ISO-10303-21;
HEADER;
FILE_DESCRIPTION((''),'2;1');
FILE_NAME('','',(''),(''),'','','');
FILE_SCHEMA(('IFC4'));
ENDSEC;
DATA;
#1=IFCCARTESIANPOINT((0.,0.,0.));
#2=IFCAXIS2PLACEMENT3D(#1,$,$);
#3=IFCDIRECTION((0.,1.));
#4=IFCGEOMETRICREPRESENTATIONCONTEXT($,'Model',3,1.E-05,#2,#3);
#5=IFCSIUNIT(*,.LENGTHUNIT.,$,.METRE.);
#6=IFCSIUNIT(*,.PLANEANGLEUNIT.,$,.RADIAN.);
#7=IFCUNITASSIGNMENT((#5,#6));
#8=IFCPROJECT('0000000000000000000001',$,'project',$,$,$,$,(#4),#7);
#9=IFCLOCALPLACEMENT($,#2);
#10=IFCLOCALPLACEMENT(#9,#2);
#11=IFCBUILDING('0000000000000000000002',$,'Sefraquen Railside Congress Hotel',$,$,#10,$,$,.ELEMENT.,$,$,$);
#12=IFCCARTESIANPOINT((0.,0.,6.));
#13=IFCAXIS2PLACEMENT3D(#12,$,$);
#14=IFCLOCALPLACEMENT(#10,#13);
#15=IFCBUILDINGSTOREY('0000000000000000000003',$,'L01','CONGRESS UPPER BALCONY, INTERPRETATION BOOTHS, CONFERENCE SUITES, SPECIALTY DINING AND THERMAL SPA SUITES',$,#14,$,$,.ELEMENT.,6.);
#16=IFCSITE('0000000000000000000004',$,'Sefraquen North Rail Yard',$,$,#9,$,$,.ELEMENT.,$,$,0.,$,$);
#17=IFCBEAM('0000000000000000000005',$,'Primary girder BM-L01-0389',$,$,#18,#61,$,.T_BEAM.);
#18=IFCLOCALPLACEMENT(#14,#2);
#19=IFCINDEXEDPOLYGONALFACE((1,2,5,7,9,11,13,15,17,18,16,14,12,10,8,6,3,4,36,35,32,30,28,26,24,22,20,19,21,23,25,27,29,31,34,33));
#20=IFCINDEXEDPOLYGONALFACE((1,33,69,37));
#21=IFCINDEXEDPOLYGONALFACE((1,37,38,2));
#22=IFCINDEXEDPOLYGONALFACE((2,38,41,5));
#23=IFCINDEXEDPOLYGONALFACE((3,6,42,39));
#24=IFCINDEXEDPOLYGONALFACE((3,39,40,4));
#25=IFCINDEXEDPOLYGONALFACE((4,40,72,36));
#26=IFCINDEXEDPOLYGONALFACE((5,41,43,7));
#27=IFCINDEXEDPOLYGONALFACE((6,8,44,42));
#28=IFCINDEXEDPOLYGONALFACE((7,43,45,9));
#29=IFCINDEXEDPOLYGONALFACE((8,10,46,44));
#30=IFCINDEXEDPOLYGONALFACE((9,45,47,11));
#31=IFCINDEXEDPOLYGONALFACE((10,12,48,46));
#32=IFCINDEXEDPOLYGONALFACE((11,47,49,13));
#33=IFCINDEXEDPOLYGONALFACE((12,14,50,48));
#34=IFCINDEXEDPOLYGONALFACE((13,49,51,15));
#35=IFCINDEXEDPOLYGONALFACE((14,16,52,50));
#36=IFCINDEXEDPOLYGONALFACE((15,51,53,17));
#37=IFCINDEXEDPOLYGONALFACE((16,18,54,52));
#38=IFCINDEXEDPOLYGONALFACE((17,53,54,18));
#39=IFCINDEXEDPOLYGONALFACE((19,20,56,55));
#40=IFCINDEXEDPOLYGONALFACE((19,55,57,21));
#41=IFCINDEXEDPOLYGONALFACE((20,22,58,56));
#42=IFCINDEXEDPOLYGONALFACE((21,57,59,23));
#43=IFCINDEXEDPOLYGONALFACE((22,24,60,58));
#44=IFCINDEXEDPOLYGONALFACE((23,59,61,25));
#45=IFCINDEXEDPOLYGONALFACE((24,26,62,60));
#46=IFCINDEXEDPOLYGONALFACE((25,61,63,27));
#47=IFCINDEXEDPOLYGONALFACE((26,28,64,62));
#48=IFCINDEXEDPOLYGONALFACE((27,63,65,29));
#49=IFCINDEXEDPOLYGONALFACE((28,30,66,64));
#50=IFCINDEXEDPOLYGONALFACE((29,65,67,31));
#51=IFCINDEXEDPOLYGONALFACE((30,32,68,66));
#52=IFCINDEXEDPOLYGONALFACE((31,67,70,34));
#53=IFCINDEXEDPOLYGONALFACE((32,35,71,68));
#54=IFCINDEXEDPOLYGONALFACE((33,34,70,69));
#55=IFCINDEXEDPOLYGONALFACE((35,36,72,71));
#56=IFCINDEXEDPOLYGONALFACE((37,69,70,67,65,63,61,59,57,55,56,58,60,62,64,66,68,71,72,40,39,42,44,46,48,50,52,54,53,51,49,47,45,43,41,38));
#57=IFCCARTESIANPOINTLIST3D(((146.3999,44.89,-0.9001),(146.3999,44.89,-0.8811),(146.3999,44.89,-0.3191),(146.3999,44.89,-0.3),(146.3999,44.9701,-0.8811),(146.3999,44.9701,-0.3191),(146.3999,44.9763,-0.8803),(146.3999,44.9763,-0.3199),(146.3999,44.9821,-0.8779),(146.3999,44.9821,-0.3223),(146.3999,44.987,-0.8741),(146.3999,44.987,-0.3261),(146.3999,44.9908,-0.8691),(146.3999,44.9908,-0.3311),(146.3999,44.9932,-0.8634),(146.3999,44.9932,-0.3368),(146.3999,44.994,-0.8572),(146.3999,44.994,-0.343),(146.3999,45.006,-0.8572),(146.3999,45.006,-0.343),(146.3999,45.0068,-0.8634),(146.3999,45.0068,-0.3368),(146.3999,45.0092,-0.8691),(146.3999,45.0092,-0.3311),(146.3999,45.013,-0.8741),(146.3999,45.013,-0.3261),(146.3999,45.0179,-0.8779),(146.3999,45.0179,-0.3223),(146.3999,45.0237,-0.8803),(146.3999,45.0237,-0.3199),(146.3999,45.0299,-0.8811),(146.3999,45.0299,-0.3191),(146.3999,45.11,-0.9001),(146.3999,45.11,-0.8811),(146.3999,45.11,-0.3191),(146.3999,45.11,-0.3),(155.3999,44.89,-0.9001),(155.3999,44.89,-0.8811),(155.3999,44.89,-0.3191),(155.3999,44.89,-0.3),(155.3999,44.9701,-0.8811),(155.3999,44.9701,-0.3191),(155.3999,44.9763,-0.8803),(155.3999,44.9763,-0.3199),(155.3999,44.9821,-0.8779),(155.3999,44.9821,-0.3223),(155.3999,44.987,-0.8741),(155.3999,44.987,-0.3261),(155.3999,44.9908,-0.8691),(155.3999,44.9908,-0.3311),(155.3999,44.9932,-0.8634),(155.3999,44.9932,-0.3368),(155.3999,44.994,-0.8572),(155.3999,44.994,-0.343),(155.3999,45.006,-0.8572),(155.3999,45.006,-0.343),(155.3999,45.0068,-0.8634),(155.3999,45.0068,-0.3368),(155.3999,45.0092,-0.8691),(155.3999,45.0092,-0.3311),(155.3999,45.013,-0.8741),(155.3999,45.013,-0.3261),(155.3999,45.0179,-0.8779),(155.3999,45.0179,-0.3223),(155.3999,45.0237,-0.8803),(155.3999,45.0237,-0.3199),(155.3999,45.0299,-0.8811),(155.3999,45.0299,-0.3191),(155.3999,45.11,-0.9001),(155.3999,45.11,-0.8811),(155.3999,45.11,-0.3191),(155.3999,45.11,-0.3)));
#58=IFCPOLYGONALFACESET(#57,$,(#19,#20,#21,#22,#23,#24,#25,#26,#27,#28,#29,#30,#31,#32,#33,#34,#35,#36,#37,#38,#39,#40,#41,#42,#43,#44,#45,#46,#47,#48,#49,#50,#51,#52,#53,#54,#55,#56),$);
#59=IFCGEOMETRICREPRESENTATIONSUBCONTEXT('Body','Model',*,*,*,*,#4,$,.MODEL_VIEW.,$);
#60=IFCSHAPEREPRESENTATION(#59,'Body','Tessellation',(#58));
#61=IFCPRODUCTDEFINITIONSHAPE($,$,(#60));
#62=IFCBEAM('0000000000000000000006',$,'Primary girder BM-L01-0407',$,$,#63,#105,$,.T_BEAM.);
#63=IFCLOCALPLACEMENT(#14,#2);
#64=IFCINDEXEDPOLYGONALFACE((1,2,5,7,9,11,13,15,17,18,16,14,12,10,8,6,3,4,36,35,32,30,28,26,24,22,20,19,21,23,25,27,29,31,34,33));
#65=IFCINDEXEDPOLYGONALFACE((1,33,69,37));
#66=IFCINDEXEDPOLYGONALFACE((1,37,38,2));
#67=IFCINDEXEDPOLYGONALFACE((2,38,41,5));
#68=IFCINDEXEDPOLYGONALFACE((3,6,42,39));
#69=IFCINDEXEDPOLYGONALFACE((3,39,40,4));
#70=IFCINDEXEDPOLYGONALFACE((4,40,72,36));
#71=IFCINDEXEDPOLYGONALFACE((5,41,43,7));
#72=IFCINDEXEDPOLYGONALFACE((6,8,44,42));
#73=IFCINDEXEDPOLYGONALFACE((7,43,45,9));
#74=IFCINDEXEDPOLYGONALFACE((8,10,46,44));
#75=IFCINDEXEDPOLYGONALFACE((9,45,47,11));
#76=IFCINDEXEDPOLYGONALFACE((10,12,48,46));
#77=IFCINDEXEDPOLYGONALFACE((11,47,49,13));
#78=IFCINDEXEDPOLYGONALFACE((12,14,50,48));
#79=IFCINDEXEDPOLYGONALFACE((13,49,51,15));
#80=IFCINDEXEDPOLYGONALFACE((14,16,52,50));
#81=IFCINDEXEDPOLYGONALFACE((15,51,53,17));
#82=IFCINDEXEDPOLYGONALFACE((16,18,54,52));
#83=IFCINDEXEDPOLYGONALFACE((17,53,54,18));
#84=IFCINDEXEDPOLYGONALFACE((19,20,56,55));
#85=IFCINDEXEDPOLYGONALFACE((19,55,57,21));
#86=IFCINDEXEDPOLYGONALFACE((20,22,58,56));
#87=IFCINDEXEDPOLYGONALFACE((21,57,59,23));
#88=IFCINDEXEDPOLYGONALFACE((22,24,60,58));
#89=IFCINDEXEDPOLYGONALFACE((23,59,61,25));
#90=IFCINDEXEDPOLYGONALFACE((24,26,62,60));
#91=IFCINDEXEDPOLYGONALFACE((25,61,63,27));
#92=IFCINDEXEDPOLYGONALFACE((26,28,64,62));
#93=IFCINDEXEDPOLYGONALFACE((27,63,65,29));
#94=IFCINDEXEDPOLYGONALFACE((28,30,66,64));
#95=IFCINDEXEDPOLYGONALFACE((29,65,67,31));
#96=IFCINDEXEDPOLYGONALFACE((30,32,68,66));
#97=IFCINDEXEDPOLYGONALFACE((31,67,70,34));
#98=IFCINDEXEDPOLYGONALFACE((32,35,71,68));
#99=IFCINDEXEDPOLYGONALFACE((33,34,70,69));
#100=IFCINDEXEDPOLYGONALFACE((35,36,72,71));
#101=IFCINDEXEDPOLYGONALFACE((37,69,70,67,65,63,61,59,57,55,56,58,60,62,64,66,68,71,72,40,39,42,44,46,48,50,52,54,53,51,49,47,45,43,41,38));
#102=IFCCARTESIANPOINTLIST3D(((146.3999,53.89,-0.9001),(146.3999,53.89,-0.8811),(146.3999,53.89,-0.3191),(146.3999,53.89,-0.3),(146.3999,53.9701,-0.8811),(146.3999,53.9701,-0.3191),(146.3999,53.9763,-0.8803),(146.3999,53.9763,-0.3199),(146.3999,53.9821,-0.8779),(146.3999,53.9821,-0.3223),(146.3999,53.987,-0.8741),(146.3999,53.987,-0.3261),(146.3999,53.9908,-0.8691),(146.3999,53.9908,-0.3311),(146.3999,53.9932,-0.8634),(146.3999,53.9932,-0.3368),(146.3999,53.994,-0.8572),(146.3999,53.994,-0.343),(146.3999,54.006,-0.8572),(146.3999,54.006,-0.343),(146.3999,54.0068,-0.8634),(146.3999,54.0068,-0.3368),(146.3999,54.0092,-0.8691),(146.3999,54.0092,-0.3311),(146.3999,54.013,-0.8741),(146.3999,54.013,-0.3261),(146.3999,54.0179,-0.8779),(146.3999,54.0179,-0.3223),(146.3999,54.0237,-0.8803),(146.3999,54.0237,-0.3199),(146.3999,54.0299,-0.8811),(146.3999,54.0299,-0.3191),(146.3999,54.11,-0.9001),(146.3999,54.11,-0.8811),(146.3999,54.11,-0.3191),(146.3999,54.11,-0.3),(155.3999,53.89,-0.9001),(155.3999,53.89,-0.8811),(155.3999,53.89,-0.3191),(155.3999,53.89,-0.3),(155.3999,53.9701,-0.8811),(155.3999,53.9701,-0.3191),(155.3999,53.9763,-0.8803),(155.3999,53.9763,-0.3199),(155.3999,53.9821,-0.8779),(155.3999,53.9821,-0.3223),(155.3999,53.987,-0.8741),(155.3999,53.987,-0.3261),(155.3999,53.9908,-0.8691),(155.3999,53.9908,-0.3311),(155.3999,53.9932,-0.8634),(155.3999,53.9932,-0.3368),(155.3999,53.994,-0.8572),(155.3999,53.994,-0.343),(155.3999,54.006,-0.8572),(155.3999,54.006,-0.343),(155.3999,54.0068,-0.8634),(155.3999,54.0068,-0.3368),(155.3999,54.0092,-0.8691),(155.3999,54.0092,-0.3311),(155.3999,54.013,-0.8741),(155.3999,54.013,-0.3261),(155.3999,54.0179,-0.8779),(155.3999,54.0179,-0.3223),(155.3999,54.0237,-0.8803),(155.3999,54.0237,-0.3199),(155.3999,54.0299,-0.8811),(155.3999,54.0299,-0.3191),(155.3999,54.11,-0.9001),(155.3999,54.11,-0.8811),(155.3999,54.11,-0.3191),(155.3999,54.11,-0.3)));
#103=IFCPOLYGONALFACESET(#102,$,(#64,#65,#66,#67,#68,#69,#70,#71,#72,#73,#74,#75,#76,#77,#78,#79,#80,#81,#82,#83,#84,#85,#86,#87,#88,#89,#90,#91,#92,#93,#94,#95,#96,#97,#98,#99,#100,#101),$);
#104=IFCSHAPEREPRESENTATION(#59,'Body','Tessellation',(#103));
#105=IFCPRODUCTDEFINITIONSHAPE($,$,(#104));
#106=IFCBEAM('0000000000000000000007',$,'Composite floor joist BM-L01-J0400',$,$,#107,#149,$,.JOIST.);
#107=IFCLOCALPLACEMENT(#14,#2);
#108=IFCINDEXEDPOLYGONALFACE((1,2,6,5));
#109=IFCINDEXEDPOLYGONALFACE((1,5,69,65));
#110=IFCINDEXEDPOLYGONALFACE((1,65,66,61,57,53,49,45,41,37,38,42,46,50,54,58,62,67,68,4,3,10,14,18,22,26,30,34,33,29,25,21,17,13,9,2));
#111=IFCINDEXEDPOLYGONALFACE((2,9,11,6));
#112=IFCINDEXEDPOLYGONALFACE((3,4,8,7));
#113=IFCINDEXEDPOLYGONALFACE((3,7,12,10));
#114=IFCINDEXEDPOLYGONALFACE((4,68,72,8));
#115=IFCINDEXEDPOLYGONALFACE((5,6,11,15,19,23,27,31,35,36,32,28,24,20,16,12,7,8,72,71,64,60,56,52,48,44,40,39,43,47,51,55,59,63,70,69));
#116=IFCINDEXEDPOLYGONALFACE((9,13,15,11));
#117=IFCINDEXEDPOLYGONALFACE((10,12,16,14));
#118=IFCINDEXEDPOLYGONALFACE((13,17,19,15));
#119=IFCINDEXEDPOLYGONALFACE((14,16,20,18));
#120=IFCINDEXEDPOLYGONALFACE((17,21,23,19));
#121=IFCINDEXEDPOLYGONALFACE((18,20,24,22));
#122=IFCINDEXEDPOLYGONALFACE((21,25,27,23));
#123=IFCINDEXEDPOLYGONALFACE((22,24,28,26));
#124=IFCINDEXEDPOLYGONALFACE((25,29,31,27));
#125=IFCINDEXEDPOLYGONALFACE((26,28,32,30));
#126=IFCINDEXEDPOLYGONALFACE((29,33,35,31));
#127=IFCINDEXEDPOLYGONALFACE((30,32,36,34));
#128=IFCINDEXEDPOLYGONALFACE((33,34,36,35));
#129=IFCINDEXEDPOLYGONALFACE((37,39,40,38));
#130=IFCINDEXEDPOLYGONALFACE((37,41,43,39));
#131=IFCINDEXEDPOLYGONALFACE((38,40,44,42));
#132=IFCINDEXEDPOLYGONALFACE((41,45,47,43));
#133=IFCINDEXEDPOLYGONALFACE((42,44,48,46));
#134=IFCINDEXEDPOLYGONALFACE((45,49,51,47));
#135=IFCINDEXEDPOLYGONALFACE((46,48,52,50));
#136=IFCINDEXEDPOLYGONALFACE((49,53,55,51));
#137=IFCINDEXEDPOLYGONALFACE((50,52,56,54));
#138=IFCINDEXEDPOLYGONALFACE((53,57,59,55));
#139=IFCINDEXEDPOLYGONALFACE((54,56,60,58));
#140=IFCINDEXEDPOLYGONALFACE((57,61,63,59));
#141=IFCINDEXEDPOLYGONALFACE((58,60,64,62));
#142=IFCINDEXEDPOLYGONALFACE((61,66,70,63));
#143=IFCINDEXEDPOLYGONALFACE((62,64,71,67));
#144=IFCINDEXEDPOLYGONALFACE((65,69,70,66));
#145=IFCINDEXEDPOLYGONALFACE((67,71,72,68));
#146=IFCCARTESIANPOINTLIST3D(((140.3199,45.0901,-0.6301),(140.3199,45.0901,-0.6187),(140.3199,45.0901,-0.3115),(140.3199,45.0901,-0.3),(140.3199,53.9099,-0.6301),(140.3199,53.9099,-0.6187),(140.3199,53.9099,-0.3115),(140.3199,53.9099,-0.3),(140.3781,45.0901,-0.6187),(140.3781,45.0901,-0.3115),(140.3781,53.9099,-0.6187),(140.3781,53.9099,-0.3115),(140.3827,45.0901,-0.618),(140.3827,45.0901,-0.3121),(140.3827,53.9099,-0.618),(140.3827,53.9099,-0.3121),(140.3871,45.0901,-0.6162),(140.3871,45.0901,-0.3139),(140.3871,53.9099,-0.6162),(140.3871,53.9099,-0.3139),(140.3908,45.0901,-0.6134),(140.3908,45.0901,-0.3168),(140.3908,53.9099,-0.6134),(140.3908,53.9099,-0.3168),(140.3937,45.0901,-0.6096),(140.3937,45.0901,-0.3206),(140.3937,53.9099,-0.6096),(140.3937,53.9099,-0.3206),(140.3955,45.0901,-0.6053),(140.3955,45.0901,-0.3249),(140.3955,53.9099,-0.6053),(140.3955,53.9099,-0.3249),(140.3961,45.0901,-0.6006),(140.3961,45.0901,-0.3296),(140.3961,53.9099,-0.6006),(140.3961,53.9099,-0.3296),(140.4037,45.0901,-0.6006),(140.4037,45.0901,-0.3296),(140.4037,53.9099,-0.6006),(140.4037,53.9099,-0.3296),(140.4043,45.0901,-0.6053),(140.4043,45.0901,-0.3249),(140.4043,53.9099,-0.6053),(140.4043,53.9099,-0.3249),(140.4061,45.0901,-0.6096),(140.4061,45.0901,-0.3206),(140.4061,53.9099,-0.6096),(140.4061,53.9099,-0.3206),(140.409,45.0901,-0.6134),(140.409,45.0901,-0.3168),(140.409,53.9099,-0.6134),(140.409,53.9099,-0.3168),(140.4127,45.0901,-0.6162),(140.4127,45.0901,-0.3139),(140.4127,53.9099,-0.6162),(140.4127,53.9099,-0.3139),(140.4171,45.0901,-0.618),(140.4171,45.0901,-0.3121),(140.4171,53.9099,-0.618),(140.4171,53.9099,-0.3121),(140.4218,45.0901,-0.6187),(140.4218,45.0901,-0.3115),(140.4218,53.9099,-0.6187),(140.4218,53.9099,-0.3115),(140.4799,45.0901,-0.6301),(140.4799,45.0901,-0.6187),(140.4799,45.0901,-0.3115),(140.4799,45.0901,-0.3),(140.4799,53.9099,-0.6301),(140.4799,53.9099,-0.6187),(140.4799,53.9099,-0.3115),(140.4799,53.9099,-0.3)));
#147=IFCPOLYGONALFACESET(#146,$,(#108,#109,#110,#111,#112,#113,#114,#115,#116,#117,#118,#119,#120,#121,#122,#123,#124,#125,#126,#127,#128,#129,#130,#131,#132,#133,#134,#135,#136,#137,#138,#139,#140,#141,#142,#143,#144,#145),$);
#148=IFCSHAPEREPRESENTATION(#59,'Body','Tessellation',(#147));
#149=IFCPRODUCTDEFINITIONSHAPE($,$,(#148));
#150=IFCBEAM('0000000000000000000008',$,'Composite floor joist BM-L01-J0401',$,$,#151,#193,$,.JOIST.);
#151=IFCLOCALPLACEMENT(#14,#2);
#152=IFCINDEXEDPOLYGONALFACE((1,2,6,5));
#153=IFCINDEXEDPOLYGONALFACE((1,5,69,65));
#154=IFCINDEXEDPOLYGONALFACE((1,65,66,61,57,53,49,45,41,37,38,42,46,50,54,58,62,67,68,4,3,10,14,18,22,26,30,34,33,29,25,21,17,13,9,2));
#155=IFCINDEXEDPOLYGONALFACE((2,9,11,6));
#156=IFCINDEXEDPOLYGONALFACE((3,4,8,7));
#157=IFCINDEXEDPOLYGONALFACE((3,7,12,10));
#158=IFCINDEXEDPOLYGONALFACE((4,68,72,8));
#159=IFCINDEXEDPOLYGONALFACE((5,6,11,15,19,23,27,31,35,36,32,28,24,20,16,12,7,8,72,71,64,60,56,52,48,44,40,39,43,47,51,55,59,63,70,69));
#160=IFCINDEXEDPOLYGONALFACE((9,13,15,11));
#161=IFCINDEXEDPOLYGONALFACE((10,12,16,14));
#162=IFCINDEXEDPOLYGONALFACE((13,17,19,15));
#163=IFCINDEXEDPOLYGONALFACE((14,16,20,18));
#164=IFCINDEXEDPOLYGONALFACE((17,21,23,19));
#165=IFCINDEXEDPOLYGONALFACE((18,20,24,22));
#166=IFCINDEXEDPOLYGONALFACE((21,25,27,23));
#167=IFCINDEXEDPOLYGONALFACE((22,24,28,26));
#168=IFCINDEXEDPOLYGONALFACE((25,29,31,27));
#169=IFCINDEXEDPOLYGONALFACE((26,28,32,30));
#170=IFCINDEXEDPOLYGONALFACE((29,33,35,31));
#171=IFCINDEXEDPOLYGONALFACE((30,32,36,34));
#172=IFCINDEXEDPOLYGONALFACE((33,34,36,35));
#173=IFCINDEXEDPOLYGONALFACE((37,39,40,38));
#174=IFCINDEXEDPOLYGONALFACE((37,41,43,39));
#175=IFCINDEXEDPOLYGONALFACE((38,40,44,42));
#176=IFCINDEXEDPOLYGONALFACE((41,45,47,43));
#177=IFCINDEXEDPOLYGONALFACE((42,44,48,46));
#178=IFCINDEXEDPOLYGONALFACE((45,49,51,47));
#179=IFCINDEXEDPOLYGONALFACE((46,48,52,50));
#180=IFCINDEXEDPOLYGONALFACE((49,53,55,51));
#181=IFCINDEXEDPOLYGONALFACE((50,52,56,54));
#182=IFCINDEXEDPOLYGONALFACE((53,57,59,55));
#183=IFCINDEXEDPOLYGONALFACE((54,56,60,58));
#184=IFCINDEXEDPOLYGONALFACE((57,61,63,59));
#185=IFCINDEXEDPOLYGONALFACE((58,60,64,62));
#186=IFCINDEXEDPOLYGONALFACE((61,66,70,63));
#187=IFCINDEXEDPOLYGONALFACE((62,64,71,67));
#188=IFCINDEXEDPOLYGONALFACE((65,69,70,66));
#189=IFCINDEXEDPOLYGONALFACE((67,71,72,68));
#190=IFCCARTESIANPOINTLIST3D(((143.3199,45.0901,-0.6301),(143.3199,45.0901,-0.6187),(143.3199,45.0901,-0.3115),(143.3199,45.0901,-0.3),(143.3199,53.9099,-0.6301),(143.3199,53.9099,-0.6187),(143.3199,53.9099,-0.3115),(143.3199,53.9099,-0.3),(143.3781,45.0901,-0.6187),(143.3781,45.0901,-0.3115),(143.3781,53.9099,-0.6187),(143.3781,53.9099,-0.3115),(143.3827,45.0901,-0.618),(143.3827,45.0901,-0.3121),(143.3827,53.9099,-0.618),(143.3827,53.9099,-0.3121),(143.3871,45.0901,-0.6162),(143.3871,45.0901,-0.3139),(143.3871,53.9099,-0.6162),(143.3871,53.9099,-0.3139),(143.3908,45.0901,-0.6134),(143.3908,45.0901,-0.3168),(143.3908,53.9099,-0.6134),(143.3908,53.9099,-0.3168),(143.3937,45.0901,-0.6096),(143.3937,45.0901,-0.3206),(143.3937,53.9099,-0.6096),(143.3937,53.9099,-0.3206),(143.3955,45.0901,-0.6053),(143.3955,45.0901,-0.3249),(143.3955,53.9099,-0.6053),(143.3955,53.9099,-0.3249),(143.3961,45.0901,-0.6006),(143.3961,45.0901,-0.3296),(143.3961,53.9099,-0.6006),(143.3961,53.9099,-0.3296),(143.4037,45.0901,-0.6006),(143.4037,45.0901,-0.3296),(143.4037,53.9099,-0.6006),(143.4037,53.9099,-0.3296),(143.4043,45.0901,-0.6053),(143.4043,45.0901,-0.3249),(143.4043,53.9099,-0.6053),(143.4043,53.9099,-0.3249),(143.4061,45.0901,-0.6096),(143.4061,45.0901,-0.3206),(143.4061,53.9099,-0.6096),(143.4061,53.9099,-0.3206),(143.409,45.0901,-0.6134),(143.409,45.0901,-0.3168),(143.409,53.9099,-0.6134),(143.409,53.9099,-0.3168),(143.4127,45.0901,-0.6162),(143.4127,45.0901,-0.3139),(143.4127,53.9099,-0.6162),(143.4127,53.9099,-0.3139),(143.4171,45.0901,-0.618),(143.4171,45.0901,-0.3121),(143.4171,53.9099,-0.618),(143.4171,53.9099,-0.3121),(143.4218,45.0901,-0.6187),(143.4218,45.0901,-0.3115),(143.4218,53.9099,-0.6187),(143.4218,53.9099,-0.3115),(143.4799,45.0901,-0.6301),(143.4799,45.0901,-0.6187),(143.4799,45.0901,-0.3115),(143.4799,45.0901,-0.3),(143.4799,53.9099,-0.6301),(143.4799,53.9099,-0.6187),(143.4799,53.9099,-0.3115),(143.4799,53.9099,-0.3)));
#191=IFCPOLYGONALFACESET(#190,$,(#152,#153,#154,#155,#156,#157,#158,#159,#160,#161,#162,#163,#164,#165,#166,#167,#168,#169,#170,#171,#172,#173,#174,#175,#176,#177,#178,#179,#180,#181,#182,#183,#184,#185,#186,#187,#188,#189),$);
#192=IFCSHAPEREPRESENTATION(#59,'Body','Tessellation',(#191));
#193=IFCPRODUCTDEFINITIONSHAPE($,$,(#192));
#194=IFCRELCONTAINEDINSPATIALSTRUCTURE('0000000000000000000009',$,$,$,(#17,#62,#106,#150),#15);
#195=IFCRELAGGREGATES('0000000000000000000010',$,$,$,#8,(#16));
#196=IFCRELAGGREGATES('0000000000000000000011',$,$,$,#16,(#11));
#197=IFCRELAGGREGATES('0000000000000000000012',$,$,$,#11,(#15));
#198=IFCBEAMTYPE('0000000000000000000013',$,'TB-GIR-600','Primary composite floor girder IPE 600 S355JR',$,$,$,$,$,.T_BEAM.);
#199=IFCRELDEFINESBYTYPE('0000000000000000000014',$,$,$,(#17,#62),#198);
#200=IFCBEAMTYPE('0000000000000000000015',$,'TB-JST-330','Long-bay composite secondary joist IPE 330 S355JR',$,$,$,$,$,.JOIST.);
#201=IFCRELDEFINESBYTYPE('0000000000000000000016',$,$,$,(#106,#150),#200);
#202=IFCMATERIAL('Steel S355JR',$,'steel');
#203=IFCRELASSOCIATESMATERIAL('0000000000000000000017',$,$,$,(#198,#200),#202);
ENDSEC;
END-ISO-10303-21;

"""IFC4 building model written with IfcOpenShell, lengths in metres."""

from ifc_helpers import new_model, si_unit, direction, frame, origin, origin_2d, place, context, subcontext, project, spatial, i_section, extrude, material, material_profile, profile_set, type_object, element, save


model = new_model("IFC4")

# Units and contexts
model_context = context("Model", 3, precision=1e-05, world=origin(), true_north=direction((0.0, 1.0)))
body_context = subcontext(model_context, "Body", "Model", "MODEL_VIEW")
ifc_project = project(units=[si_unit("LENGTHUNIT", "METRE"), si_unit("PLANEANGLEUNIT", "RADIAN")], contexts=[model_context])

# Site, building, storey
site_placement = place(None, origin())
site = spatial("IfcSite", under=ifc_project, at=site_placement, Name="Sefraquen North Rail Yard", CompositionType="ELEMENT", RefElevation=0.0)
building_placement = place(site_placement, origin())
building = spatial("IfcBuilding", under=site, at=building_placement, Name="Sefraquen Railside Congress Hotel", CompositionType="ELEMENT")
storey_placement = place(building_placement, frame((0.0, 0.0, 6.0)))
storey = spatial("IfcBuildingStorey", under=building, at=storey_placement, Name="L01", Description="CONGRESS UPPER BALCONY, INTERPRETATION BOOTHS, CONFERENCE SUITES, SPECIALTY DINING AND THERMAL SPA SUITES", CompositionType="ELEMENT", Elevation=6.0)

# Shared definitions
ifc_material_1 = material(Name="Steel S355JR", Category="steel")

# Beams
ifc_material_profile_1 = material_profile(ifc_material_1, i_section(OverallWidth=0.22, OverallDepth=0.6001, WebThickness=0.012, FlangeThickness=0.019, FilletRadius=0.0239, at=origin_2d()), Name="IPE 600")
ifc_profile_set_1 = profile_set([ifc_material_profile_1], Name="Steel S355JR")
beam_type_1 = type_object("IfcBeamType", Name="TB-GIR-600", Description="Primary composite floor girder IPE 600 S355JR", PredefinedType="T_BEAM", material=ifc_profile_set_1)
for number, where, z_axis, x_axis, name in (
    (1, (146.3999, 45.0, -0.6001), (1.0, 0.0, 0.0), (0.0, 1.0, 0.0), "Primary girder BM-L01-0389"),
    (2, (146.3999, 54.0, -0.6001), (1.0, 0.0, 0.0), (0.0, 1.0, 0.0), "Primary girder BM-L01-0407"),
):
    element("IfcBeam", number, at=place(storey_placement, frame(where, z_axis=z_axis, x_axis=x_axis)), inside=storey, type_object=beam_type_1, Name=name, PredefinedType="T_BEAM", context=body_context, shape_type="SweptSolid", body=[
        extrude(i_section(OverallWidth=0.22, OverallDepth=0.6001, WebThickness=0.012, FlangeThickness=0.019, FilletRadius=0.0239, at=origin_2d()), origin(), (0.0, 0.0, 1.0), 9.0),
    ])
ifc_material_profile_2 = material_profile(ifc_material_1, i_section(OverallWidth=0.1599, OverallDepth=0.3301, WebThickness=0.0076, FlangeThickness=0.0115, FilletRadius=0.0181, at=origin_2d()), Name="IPE 330")
ifc_profile_set_2 = profile_set([ifc_material_profile_2], Name="Steel S355JR")
beam_type_2 = type_object("IfcBeamType", Name="TB-JST-330", Description="Long-bay composite secondary joist IPE 330 S355JR", PredefinedType="JOIST", material=ifc_profile_set_2)
for number, where, z_axis, x_axis, name in (
    (3, (140.3999, 45.0901, -0.4651), (0.0, 1.0, 0.0), (-1.0, 0.0, 0.0), "Composite floor joist BM-L01-J0400"),
    (4, (143.3999, 45.0901, -0.4651), (0.0, 1.0, 0.0), (-1.0, 0.0, 0.0), "Composite floor joist BM-L01-J0401"),
):
    element("IfcBeam", number, at=place(storey_placement, frame(where, z_axis=z_axis, x_axis=x_axis)), inside=storey, type_object=beam_type_2, Name=name, PredefinedType="JOIST", context=body_context, shape_type="SweptSolid", body=[
        extrude(i_section(OverallWidth=0.1599, OverallDepth=0.3301, WebThickness=0.0076, FlangeThickness=0.0115, FilletRadius=0.0181, at=origin_2d()), origin(), (0.0, 0.0, 1.0), 8.8198),
    ])

save(model, "model.ifc")
